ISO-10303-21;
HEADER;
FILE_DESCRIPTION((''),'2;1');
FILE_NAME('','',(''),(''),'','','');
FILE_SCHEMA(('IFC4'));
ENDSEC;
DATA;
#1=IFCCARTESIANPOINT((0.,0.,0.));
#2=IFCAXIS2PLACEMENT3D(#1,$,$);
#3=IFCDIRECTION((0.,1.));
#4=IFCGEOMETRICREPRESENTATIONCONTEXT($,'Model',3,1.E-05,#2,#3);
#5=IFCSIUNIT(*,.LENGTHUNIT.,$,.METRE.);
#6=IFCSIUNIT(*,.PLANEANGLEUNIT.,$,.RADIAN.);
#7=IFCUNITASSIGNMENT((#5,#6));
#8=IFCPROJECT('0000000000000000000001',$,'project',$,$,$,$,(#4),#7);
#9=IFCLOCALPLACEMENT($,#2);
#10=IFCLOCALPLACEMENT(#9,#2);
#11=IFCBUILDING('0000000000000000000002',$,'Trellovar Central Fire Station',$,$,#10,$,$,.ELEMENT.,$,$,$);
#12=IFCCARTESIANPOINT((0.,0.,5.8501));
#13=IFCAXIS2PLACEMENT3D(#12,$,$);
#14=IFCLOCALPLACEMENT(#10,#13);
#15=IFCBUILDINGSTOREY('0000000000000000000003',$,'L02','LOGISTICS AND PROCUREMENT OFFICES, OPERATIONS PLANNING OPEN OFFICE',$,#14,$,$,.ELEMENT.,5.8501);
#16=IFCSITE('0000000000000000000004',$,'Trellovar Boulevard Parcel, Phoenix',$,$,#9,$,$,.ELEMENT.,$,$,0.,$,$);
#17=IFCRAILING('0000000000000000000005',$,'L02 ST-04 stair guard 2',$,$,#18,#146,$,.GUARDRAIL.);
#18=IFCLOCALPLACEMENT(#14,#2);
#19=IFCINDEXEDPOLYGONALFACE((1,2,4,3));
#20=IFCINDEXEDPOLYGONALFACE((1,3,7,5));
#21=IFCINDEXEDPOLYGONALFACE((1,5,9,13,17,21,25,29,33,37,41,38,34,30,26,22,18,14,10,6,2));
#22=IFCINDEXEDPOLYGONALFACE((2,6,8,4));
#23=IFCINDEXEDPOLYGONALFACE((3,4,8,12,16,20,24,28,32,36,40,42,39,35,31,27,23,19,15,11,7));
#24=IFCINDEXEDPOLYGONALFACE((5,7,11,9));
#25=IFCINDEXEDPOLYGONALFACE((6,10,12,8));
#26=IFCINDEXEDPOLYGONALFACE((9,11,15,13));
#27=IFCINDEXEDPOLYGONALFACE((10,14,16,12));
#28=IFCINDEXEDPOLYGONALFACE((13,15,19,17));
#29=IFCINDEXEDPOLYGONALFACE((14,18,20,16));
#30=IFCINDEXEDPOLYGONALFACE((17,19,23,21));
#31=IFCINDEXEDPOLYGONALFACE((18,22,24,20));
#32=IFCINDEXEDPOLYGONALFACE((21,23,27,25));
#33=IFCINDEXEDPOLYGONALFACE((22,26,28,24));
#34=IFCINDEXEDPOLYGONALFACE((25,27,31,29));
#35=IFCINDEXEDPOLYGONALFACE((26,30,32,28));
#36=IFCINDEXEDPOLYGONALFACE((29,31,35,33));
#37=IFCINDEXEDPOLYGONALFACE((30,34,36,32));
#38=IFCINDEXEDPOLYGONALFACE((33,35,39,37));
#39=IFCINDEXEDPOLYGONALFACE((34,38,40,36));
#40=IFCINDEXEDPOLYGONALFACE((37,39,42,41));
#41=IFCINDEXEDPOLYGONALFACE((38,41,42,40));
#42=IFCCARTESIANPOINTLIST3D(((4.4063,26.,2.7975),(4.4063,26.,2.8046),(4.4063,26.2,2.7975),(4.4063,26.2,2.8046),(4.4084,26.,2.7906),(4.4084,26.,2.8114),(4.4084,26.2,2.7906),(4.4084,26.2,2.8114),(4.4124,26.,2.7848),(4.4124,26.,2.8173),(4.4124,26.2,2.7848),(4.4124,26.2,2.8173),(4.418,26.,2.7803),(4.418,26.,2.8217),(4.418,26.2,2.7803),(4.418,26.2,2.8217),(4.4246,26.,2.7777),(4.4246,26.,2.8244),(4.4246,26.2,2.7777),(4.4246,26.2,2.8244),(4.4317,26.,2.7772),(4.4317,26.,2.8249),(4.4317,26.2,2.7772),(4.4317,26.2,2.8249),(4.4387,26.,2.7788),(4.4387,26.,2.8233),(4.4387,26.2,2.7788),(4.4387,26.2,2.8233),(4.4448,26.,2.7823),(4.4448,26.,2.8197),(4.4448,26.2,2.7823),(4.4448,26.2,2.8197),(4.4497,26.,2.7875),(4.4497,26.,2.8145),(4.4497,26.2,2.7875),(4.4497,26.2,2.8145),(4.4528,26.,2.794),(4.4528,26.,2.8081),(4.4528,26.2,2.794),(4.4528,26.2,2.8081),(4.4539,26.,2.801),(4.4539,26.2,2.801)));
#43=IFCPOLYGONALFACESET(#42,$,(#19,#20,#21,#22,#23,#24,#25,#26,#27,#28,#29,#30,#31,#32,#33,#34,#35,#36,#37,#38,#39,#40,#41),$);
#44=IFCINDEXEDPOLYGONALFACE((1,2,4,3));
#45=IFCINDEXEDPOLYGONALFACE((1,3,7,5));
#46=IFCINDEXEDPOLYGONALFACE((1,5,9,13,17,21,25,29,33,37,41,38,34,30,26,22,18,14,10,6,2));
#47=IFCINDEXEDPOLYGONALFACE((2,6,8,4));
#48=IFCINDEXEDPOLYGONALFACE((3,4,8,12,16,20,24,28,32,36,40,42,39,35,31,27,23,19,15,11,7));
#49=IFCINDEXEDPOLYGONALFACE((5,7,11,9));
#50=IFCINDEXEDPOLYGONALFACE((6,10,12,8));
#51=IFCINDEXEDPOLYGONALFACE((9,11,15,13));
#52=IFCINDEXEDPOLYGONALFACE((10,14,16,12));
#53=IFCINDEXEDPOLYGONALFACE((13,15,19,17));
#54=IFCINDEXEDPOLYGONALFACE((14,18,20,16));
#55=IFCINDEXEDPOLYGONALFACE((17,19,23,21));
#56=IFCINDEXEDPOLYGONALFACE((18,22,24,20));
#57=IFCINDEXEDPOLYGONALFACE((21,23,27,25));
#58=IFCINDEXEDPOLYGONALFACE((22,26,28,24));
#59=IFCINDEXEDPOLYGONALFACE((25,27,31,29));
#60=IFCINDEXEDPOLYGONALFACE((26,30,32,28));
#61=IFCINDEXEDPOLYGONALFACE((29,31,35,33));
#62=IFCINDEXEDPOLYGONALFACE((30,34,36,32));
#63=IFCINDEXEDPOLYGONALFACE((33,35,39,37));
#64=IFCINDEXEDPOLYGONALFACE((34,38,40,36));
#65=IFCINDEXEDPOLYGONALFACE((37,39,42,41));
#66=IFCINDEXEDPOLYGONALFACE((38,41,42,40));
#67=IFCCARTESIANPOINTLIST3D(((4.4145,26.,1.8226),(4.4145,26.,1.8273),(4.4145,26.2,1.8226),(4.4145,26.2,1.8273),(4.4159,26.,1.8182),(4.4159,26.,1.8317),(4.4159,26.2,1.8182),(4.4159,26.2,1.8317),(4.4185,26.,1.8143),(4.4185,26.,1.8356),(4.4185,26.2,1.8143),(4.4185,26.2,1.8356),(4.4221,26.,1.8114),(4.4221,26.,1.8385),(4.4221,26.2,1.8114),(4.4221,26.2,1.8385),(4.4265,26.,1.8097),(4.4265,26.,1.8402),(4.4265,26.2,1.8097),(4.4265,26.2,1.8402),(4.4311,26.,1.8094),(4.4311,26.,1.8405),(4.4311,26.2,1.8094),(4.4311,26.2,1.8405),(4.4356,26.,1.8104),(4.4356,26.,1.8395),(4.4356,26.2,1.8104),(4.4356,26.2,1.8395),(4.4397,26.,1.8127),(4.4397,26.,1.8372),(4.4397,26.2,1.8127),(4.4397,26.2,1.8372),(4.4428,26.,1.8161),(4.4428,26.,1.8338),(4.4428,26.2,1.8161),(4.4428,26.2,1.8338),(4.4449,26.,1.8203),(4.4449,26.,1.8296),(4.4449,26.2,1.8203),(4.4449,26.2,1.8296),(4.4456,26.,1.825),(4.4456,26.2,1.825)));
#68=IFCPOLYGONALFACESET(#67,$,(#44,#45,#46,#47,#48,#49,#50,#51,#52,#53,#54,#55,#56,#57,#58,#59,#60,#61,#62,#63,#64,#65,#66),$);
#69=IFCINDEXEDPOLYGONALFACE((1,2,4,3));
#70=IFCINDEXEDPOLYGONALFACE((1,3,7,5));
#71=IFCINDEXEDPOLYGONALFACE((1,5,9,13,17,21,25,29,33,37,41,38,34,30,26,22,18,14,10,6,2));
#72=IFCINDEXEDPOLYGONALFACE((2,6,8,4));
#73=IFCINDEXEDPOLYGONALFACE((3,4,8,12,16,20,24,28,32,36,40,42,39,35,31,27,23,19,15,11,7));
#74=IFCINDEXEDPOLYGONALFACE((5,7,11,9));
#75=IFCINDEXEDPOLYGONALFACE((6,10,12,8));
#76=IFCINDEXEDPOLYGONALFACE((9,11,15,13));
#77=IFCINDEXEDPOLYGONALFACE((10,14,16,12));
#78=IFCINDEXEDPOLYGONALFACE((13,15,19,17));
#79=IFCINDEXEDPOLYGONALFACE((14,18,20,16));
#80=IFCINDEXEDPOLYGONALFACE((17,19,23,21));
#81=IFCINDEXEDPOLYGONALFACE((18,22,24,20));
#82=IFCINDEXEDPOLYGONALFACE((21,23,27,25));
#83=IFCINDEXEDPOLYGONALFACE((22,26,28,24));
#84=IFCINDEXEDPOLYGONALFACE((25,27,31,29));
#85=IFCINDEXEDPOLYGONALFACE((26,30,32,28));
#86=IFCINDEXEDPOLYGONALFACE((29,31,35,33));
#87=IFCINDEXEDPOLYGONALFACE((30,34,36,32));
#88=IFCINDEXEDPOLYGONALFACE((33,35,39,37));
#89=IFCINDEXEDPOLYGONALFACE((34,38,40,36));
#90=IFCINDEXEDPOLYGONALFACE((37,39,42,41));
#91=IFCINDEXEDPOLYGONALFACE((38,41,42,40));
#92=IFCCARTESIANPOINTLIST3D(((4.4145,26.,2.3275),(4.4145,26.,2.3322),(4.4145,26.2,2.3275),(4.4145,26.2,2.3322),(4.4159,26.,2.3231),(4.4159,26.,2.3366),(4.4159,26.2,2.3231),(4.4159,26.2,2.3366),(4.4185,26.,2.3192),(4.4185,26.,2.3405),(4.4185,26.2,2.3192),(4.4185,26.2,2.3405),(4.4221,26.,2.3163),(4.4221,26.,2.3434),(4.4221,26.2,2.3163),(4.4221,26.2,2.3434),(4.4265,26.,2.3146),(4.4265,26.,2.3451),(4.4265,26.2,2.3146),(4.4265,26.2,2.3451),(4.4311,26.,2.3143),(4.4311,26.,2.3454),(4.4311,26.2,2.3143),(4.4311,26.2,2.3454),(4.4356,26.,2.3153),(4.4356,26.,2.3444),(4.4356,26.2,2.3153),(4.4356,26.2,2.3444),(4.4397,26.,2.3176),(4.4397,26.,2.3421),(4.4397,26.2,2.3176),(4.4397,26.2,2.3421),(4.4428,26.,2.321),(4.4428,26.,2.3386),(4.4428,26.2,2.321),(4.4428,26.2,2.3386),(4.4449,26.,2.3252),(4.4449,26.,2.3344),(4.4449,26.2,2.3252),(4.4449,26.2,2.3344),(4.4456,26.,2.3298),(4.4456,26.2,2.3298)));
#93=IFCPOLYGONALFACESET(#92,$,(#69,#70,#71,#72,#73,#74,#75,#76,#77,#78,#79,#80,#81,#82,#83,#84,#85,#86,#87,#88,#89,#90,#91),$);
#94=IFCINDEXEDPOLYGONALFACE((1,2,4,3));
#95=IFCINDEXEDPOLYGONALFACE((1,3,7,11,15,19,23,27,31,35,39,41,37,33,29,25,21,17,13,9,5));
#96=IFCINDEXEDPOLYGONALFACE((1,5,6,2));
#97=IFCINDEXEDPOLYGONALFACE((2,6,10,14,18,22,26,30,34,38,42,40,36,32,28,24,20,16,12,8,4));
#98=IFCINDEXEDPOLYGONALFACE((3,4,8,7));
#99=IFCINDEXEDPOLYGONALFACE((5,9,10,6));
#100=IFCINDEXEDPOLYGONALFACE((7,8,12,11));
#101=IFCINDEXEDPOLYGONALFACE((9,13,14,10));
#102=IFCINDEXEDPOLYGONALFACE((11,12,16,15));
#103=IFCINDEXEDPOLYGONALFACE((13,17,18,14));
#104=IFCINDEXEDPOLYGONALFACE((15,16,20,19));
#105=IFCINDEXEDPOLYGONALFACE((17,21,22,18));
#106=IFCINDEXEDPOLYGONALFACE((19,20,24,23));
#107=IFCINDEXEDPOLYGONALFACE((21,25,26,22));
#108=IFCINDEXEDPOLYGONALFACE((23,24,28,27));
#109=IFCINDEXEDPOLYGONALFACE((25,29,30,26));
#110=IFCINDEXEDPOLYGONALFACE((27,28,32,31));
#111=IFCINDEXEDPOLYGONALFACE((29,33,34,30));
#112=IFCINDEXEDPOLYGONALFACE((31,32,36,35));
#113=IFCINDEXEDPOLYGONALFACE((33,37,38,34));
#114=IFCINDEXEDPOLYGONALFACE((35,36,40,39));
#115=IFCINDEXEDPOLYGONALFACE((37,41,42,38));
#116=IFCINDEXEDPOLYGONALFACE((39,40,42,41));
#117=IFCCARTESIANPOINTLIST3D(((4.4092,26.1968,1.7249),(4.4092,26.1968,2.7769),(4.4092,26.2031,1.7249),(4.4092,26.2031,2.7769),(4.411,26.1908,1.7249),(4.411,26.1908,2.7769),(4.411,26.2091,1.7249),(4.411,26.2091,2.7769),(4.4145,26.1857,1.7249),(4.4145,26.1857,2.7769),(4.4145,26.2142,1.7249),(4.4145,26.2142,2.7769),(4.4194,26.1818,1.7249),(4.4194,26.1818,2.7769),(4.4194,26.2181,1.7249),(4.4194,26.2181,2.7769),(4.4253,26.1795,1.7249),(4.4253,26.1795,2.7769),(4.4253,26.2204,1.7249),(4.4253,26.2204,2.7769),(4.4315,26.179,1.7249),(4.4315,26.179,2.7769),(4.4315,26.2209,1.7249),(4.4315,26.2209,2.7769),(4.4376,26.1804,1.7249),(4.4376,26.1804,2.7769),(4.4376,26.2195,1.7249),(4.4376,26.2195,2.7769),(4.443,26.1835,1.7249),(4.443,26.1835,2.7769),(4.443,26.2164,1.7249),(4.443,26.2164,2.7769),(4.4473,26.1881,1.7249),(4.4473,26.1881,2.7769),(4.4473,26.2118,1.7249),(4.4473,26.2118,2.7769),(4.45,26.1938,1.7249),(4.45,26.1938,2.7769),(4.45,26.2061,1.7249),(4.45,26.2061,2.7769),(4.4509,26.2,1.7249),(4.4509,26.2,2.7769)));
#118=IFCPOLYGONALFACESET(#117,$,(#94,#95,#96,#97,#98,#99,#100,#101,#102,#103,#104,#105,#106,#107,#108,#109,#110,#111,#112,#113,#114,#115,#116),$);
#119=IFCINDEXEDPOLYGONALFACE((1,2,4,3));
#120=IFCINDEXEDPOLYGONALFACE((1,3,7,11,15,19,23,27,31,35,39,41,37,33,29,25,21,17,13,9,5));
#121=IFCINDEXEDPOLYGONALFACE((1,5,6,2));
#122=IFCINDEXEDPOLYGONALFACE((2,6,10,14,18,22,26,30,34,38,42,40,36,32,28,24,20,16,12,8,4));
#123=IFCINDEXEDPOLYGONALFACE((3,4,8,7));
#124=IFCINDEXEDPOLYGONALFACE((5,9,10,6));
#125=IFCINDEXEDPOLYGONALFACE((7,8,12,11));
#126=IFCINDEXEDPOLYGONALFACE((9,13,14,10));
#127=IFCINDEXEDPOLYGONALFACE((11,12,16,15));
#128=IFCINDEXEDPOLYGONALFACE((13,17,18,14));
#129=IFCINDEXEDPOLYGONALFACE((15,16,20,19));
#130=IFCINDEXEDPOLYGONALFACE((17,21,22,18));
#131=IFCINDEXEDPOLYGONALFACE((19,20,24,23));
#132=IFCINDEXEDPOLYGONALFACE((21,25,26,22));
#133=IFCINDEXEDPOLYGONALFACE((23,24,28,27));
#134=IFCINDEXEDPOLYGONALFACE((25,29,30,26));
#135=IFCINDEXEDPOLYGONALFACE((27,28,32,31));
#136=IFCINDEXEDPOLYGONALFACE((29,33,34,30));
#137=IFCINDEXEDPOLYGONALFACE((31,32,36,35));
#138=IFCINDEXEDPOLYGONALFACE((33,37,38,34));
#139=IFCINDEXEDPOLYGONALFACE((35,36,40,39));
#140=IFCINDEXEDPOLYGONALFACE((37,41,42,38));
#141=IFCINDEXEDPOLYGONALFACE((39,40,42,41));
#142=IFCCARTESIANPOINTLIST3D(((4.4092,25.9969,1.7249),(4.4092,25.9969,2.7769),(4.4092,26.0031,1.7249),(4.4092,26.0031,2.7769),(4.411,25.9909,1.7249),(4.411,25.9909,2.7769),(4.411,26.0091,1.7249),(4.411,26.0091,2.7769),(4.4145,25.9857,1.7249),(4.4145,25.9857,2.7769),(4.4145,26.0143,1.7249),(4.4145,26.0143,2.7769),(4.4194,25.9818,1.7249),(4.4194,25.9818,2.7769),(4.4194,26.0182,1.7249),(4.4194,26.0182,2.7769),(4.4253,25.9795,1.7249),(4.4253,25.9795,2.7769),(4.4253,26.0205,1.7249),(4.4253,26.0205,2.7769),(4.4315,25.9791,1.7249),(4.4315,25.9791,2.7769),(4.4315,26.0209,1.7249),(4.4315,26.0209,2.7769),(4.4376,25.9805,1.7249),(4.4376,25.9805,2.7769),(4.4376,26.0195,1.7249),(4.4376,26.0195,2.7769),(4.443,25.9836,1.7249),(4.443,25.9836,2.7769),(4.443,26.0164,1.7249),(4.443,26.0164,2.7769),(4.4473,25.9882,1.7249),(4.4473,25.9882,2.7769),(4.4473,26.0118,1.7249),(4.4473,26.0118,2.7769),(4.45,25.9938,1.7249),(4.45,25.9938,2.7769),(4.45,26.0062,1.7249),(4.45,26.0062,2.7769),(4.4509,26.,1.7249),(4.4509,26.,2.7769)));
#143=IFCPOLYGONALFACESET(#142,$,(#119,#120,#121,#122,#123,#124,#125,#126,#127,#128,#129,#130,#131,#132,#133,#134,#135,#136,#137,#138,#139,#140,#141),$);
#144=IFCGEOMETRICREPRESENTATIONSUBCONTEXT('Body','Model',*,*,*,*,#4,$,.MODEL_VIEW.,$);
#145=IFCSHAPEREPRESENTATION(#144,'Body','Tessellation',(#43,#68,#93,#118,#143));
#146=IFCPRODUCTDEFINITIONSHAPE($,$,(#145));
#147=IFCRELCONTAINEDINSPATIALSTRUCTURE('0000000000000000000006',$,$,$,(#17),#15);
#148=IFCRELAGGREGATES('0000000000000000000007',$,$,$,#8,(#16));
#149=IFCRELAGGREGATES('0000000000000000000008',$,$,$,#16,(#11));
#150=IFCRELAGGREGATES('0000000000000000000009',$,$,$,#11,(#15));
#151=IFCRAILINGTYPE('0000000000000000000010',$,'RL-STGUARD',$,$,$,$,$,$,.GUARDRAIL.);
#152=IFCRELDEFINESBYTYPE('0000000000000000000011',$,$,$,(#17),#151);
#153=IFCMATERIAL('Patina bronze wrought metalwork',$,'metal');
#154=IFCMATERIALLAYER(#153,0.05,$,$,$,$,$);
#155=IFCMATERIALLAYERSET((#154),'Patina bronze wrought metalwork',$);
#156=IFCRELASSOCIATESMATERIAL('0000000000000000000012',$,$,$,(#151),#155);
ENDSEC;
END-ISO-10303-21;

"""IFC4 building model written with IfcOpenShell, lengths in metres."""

from ifc_helpers import new_model, si_unit, direction, frame, origin, origin_2d, place, context, subcontext, project, spatial, circle, extrude, material, layer, layer_set, type_object, element, save


model = new_model("IFC4")

# Units and contexts
model_context = context("Model", 3, precision=1e-05, world=origin(), true_north=direction((0.0, 1.0)))
body_context = subcontext(model_context, "Body", "Model", "MODEL_VIEW")
ifc_project = project(units=[si_unit("LENGTHUNIT", "METRE"), si_unit("PLANEANGLEUNIT", "RADIAN")], contexts=[model_context])

# Site, building, storey
site_placement = place(None, origin())
site = spatial("IfcSite", under=ifc_project, at=site_placement, Name="Trellovar Boulevard Parcel, Phoenix", CompositionType="ELEMENT", RefElevation=0.0)
building_placement = place(site_placement, origin())
building = spatial("IfcBuilding", under=site, at=building_placement, Name="Trellovar Central Fire Station", CompositionType="ELEMENT")
storey_placement = place(building_placement, frame((0.0, 0.0, 5.8501)))
storey = spatial("IfcBuildingStorey", under=building, at=storey_placement, Name="L02", Description="LOGISTICS AND PROCUREMENT OFFICES, OPERATIONS PLANNING OPEN OFFICE", CompositionType="ELEMENT", Elevation=5.8501)

# Railing
ifc_material_1 = material(Name="Patina bronze wrought metalwork", Category="metal")
ifc_layer_1 = layer(ifc_material_1, 0.05)
ifc_layer_set_1 = layer_set([ifc_layer_1], Name="Patina bronze wrought metalwork")
railing_type_1 = type_object("IfcRailingType", Name="RL-STGUARD", PredefinedType="GUARDRAIL", material=ifc_layer_set_1)
railing_1_placement = place(storey_placement, frame((4.4299, 26.2, 1.7249)))
element("IfcRailing", 1, at=railing_1_placement, inside=storey, type_object=railing_type_1, Name="L02 ST-04 stair guard 2", PredefinedType="GUARDRAIL", context=body_context, shape_type="SweptSolid", body=[
    extrude(circle(Radius=0.0239, at=origin_2d()), frame((0.0, 0.0, 1.0762), z_axis=(0.0, -1.0, 0.0), x_axis=(1.0, 0.0, 0.0)), (0.0, 0.0, 1.0), 0.2),
    extrude(circle(Radius=0.0156, at=origin_2d()), frame((0.0, 0.0, 0.1001), z_axis=(0.0, -1.0, 0.0), x_axis=(1.0, 0.0, 0.0)), (0.0, 0.0, 1.0), 0.2),
    extrude(circle(Radius=0.0156, at=origin_2d()), frame((0.0, 0.0, 0.605), z_axis=(0.0, -1.0, 0.0), x_axis=(1.0, 0.0, 0.0)), (0.0, 0.0, 1.0), 0.2),
    extrude(circle(Radius=0.021, at=origin_2d()), origin(), (0.0, 0.0, 1.0), 1.052),
    extrude(circle(Radius=0.021, at=origin_2d()), frame((0.0, -0.2, 0.0)), (0.0, 0.0, 1.0), 1.052),
])

save(model, "model.ifc")
